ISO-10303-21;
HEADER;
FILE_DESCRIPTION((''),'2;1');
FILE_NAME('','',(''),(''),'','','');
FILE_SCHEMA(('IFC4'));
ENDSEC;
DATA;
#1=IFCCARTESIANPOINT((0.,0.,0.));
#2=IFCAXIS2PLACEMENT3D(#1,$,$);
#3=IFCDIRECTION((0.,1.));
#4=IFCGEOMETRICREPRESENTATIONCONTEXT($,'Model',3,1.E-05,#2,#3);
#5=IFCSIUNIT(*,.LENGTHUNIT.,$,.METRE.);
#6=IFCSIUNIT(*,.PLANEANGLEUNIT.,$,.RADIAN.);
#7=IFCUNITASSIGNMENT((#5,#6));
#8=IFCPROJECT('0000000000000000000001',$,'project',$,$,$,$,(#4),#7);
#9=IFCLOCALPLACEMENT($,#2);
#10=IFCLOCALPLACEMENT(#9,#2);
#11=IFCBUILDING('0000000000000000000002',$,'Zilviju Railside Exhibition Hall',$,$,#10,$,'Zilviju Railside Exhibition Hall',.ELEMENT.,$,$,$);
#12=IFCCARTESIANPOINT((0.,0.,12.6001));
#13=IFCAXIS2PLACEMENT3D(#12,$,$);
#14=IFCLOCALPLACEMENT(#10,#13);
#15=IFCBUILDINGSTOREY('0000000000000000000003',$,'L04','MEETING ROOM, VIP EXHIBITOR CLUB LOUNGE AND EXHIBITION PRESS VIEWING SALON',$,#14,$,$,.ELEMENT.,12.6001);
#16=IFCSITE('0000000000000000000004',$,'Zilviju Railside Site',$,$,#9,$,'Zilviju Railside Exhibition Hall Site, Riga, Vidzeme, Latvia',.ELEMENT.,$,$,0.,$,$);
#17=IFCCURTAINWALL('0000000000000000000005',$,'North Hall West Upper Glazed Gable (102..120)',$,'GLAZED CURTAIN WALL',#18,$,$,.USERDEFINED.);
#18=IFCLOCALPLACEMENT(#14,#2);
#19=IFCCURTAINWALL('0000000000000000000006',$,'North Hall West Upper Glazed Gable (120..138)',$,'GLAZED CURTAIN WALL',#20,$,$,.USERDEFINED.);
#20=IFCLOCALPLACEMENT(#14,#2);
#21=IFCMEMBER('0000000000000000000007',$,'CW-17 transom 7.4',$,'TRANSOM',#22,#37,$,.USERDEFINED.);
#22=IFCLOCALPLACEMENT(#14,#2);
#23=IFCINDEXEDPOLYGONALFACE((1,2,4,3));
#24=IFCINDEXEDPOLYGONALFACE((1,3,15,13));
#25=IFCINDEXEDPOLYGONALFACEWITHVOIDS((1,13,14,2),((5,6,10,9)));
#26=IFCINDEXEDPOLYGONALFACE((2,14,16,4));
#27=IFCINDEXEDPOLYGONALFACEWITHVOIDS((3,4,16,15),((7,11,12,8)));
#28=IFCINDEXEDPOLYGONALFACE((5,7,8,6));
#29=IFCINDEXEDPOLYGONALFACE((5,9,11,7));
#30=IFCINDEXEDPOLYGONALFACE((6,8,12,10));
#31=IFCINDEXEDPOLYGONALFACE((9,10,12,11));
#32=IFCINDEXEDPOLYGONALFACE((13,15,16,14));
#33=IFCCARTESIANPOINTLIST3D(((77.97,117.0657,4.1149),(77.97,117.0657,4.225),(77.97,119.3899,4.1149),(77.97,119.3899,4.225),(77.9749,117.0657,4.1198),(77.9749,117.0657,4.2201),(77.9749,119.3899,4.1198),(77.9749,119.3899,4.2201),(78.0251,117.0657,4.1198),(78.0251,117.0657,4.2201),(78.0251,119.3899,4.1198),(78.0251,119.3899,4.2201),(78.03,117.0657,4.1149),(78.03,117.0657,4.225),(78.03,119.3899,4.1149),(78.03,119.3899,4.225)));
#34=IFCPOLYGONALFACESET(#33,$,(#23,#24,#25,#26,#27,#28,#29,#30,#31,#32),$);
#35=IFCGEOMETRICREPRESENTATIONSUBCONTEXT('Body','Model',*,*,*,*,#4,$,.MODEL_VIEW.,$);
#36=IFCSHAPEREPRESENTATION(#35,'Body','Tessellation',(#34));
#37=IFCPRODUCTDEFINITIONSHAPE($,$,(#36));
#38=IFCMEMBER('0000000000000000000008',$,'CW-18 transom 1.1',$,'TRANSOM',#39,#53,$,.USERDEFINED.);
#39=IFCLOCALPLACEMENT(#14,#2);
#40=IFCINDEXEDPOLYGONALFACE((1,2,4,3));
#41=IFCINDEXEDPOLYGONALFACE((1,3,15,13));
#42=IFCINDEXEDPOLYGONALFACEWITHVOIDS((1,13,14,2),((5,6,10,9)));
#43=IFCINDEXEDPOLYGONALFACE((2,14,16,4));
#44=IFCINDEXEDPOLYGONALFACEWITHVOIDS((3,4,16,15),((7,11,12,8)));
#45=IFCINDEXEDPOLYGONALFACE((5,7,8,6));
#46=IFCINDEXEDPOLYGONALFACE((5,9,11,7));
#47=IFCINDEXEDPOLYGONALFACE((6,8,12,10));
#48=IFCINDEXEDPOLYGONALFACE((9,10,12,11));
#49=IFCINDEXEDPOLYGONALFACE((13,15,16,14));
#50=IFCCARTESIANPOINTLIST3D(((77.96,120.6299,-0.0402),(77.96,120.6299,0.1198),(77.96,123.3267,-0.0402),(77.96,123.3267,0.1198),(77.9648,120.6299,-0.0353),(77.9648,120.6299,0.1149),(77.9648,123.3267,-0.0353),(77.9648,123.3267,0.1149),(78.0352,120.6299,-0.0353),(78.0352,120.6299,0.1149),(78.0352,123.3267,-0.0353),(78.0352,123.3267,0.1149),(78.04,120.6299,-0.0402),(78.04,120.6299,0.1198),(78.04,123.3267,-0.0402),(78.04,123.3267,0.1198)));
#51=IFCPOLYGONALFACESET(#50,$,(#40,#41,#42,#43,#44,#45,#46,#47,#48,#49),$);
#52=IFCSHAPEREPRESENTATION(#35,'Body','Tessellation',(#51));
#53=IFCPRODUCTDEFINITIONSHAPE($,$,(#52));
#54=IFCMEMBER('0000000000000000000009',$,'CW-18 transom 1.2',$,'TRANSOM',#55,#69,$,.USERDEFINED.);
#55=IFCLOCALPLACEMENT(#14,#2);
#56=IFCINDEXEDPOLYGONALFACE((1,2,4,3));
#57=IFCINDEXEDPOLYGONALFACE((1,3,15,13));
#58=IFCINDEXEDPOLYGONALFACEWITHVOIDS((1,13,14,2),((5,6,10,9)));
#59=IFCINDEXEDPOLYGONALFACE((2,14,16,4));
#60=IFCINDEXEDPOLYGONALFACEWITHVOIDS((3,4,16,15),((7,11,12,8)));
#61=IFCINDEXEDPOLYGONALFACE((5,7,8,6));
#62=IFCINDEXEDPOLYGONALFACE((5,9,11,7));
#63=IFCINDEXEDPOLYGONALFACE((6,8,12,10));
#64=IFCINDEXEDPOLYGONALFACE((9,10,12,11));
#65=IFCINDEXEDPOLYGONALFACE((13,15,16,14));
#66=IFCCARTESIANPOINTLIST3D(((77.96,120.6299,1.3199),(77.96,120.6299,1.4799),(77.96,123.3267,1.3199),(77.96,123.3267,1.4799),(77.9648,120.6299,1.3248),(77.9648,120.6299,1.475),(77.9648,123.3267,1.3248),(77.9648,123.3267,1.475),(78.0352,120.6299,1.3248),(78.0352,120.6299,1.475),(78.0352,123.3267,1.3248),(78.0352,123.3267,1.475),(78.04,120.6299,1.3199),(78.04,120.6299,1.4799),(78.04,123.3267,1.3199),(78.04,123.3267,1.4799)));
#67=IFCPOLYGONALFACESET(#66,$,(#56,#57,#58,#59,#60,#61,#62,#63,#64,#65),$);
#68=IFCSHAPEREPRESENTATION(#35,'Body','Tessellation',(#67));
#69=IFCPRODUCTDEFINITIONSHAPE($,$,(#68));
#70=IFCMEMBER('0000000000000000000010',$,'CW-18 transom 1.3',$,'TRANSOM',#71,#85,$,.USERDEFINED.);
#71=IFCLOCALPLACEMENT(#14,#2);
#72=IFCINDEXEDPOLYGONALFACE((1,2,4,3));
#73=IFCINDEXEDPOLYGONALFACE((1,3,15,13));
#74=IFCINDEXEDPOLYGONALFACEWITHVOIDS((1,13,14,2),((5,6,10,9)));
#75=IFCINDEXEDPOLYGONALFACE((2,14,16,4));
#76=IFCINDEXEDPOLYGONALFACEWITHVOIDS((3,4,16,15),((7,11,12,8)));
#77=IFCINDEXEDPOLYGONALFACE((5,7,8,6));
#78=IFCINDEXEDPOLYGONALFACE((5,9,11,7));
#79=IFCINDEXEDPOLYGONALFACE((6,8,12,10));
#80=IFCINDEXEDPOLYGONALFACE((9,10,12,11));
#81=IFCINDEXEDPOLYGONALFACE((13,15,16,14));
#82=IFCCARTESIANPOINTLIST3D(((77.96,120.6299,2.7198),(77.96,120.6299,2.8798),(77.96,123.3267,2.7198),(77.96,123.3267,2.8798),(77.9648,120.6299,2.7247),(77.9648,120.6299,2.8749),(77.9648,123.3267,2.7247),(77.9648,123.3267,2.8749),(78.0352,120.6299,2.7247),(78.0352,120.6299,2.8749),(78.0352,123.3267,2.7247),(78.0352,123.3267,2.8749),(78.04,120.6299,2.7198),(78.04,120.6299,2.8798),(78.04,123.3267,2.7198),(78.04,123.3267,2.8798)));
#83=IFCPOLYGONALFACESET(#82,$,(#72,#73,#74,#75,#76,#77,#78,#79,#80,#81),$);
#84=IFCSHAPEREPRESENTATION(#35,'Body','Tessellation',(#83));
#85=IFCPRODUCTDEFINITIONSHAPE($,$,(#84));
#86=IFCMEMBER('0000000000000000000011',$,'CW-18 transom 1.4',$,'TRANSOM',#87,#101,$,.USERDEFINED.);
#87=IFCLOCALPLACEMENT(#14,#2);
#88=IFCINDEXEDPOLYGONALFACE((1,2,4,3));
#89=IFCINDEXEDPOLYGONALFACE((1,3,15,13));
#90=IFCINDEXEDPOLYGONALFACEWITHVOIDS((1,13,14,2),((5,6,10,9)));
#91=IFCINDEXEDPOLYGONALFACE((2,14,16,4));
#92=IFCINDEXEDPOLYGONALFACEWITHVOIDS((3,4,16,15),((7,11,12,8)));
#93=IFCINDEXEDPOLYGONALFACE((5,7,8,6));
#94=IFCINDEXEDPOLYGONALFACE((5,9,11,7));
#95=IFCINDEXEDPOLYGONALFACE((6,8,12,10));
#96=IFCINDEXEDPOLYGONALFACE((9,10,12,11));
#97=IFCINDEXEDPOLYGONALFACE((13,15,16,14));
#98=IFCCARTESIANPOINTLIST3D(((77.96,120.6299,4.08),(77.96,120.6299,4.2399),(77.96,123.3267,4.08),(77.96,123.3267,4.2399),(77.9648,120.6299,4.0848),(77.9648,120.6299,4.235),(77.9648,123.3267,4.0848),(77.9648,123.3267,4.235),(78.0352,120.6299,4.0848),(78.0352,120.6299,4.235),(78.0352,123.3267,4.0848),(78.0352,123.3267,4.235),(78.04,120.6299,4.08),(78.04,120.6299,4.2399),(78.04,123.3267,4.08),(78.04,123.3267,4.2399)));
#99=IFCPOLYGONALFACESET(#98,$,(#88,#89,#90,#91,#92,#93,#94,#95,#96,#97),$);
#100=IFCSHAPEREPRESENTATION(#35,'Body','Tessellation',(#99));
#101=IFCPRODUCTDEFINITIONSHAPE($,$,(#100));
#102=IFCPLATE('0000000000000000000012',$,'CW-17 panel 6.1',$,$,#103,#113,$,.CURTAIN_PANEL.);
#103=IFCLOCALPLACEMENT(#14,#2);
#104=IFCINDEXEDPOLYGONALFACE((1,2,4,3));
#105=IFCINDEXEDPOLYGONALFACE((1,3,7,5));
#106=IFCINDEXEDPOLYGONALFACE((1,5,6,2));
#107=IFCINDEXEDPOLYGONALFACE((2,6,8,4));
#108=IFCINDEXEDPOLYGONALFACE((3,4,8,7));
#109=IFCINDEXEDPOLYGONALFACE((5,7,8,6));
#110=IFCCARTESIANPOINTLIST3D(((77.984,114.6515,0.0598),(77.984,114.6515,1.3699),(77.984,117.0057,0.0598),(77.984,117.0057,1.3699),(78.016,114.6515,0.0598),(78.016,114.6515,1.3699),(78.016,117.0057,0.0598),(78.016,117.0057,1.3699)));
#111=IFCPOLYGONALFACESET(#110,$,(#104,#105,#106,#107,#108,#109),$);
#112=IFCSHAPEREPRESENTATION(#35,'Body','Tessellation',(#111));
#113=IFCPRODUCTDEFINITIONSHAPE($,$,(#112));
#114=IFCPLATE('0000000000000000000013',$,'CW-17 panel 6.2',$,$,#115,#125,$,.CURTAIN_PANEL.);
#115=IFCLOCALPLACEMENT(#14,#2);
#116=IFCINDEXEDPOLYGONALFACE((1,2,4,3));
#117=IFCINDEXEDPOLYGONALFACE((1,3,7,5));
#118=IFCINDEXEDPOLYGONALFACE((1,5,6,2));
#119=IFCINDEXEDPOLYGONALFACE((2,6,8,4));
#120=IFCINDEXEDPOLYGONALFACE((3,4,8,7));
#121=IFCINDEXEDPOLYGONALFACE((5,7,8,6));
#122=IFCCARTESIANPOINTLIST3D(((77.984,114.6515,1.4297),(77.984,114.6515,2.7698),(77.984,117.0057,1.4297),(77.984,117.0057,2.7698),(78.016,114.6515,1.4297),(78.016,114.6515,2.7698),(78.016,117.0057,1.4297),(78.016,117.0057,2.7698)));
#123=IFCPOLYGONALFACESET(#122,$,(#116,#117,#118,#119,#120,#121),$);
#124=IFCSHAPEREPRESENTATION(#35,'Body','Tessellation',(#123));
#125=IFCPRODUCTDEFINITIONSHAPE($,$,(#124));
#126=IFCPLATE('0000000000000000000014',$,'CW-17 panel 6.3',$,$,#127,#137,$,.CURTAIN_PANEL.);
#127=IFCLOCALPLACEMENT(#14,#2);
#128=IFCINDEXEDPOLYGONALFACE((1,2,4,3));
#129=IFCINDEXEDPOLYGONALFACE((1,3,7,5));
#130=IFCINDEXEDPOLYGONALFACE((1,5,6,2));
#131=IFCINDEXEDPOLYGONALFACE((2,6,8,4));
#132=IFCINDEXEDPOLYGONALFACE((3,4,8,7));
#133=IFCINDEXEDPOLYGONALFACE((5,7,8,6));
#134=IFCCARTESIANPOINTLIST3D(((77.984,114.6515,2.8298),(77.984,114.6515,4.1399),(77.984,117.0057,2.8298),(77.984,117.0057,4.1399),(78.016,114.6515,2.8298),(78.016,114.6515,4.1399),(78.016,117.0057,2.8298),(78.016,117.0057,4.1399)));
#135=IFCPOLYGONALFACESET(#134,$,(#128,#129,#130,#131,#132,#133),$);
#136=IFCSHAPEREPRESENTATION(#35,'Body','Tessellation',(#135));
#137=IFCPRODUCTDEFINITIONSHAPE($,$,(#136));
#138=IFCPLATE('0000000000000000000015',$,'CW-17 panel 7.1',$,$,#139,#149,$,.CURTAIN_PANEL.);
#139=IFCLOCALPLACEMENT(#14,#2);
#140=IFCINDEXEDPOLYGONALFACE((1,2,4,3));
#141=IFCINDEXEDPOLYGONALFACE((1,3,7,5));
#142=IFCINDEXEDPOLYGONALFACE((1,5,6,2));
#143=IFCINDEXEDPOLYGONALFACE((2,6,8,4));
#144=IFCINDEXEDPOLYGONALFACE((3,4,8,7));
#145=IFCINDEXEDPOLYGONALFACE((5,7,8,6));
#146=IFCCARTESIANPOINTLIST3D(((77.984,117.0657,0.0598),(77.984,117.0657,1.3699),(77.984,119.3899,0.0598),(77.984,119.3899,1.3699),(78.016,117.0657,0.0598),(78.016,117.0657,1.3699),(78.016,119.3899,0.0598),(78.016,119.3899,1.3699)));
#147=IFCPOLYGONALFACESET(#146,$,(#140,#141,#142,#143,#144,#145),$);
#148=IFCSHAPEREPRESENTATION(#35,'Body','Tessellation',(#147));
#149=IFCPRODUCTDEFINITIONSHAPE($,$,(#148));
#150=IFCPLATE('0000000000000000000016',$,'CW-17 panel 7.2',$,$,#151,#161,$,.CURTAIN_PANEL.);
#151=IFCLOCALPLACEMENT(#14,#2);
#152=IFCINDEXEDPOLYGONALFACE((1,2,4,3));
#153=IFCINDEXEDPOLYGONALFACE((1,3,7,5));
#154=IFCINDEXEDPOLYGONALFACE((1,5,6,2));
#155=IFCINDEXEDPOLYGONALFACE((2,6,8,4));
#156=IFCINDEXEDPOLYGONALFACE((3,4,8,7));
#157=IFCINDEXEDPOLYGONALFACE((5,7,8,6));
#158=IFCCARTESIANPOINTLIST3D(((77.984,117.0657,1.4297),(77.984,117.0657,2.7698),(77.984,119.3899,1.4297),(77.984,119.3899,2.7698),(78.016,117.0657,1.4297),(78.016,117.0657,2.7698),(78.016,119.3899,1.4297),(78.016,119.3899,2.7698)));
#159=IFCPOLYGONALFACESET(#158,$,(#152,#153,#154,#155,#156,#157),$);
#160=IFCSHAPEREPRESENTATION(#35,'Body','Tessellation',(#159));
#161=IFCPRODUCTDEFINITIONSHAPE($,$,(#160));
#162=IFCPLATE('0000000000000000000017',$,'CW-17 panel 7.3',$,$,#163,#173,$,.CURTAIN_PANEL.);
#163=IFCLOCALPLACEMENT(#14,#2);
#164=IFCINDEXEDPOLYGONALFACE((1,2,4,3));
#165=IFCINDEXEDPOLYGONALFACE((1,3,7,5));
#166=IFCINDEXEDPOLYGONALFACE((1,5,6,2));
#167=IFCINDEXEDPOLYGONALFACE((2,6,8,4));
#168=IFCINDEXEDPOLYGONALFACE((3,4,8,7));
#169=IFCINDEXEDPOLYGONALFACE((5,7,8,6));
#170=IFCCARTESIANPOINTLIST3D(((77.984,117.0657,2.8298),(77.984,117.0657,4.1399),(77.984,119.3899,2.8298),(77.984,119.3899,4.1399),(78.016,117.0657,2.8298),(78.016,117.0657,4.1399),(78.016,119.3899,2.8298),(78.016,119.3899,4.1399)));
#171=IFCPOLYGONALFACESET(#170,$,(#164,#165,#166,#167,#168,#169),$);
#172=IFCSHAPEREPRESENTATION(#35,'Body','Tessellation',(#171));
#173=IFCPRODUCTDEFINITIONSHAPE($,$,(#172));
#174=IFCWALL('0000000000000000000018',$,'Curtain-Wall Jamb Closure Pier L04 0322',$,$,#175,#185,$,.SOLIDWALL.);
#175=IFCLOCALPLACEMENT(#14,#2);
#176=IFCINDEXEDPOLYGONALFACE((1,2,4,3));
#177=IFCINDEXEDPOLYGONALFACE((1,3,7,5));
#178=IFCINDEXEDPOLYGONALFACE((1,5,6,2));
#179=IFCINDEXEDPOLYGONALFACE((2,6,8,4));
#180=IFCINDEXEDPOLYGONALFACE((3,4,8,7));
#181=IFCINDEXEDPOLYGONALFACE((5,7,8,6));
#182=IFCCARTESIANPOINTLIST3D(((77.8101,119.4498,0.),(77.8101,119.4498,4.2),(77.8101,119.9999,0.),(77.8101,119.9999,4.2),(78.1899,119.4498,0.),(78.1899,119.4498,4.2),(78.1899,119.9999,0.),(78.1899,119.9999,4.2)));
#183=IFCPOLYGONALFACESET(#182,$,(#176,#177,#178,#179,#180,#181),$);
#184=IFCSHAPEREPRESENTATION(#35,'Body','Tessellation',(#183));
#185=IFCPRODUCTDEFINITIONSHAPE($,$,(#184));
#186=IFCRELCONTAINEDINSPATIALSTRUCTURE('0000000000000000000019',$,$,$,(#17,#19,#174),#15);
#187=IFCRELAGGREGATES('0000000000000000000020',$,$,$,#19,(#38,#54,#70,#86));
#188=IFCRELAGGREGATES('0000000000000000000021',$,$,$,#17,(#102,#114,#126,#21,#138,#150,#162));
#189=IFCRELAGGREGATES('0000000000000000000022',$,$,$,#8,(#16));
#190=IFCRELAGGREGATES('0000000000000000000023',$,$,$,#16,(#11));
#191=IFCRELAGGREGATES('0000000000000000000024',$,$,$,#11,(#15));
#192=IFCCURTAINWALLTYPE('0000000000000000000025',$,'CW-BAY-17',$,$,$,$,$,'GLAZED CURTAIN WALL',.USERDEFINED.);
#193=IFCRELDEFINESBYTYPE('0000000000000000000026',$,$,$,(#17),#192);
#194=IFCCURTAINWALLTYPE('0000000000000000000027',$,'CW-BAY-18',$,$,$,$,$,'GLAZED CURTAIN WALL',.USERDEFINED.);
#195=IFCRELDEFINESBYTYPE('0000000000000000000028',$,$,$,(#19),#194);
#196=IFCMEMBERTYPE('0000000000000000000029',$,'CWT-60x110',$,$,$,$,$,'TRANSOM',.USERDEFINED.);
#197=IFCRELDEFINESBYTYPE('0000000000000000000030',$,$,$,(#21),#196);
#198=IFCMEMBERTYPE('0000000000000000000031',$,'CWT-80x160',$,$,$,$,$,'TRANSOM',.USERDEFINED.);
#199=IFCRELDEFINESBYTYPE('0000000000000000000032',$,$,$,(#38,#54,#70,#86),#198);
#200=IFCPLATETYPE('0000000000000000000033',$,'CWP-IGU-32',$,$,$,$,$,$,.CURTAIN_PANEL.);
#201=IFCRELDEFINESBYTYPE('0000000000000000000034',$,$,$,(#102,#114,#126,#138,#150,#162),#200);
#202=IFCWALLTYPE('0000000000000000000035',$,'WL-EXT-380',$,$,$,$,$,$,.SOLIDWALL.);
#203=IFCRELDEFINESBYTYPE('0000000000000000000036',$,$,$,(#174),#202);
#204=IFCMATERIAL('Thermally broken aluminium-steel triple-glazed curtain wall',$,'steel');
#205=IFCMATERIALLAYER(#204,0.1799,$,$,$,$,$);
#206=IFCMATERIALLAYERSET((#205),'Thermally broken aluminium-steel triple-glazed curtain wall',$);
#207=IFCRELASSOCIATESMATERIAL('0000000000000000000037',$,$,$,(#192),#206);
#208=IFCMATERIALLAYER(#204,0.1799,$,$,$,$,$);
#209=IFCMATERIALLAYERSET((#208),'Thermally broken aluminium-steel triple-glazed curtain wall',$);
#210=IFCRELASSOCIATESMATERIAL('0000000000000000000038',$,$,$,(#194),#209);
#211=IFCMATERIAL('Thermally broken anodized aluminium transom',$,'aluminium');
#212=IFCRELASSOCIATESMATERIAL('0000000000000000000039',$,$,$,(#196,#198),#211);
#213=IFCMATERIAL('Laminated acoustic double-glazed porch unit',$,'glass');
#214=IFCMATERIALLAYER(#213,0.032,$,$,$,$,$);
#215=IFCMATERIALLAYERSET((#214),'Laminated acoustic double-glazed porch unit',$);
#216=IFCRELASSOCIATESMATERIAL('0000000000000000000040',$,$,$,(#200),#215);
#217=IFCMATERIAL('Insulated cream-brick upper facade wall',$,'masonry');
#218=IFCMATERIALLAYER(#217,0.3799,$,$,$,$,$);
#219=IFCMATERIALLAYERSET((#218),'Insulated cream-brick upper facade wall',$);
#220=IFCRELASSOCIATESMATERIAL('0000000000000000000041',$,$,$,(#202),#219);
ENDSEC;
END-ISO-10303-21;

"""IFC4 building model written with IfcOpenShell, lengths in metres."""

from ifc_helpers import new_model, si_unit, direction, frame, frame_2d, origin, origin_2d, place, context, subcontext, project, spatial, rectangle, hollow_rectangle, extrude, material, layer, layer_set, material_profile, profile_set, type_object, element, aggregate, save


model = new_model("IFC4")

# Units and contexts
model_context = context("Model", 3, precision=1e-05, world=origin(), true_north=direction((0.0, 1.0)))
body_context = subcontext(model_context, "Body", "Model", "MODEL_VIEW")
ifc_project = project(units=[si_unit("LENGTHUNIT", "METRE"), si_unit("PLANEANGLEUNIT", "RADIAN")], contexts=[model_context])

# Site, building, storey
site_placement = place(None, origin())
site = spatial("IfcSite", under=ifc_project, at=site_placement, Name="Zilviju Railside Site", LongName="Zilviju Railside Exhibition Hall Site, Riga, Vidzeme, Latvia", CompositionType="ELEMENT", RefElevation=0.0)
building_placement = place(site_placement, origin())
building = spatial("IfcBuilding", under=site, at=building_placement, Name="Zilviju Railside Exhibition Hall", LongName="Zilviju Railside Exhibition Hall", CompositionType="ELEMENT")
storey_placement = place(building_placement, frame((0.0, 0.0, 12.6001)))
storey = spatial("IfcBuildingStorey", under=building, at=storey_placement, Name="L04", Description="MEETING ROOM, VIP EXHIBITOR CLUB LOUNGE AND EXHIBITION PRESS VIEWING SALON", CompositionType="ELEMENT", Elevation=12.6001)

# Curtain wall
ifc_material_1 = material(Name="Thermally broken aluminium-steel triple-glazed curtain wall", Category="steel")
ifc_layer_1 = layer(ifc_material_1, 0.1799)
ifc_layer_set_1 = layer_set([ifc_layer_1], Name="Thermally broken aluminium-steel triple-glazed curtain wall")
curtain_wall_type_1 = type_object("IfcCurtainWallType", Name="CW-BAY-17", ElementType="GLAZED CURTAIN WALL", PredefinedType="USERDEFINED", material=ifc_layer_set_1)
curtain_wall_1_placement = place(storey_placement, origin())
curtain_wall_1 = element("IfcCurtainWall", 1, at=curtain_wall_1_placement, inside=storey, type_object=curtain_wall_type_1, Name="North Hall West Upper Glazed Gable (102..120)", ObjectType="GLAZED CURTAIN WALL", PredefinedType="USERDEFINED")

# Curtain wall
ifc_layer_2 = layer(ifc_material_1, 0.1799)
ifc_layer_set_2 = layer_set([ifc_layer_2], Name="Thermally broken aluminium-steel triple-glazed curtain wall")
curtain_wall_type_2 = type_object("IfcCurtainWallType", Name="CW-BAY-18", ElementType="GLAZED CURTAIN WALL", PredefinedType="USERDEFINED", material=ifc_layer_set_2)
curtain_wall_2_placement = place(storey_placement, origin())
curtain_wall_2 = element("IfcCurtainWall", 2, at=curtain_wall_2_placement, inside=storey, type_object=curtain_wall_type_2, Name="North Hall West Upper Glazed Gable (120..138)", ObjectType="GLAZED CURTAIN WALL", PredefinedType="USERDEFINED")

# Members
ifc_material_2 = material(Name="Thermally broken anodized aluminium transom", Category="aluminium")
ifc_material_profile_1 = material_profile(ifc_material_2, hollow_rectangle(XDim=0.0601, YDim=0.1101, WallThickness=0.0049, at=origin_2d()), Name="TRANSOM 110x60x5")
ifc_profile_set_1 = profile_set([ifc_material_profile_1], Name="Thermally broken anodized aluminium transom")
member_type_1 = type_object("IfcMemberType", Name="CWT-60x110", ElementType="TRANSOM", PredefinedType="USERDEFINED", material=ifc_profile_set_1)
member_1_placement = place(storey_placement, frame((78.0, 117.0657, 4.1699), z_axis=(0.0, 1.0, 0.0), x_axis=(-1.0, 0.0, 0.0)))
member_1 = element("IfcMember", 3, at=member_1_placement, type_object=member_type_1, Name="CW-17 transom 7.4", ObjectType="TRANSOM", PredefinedType="USERDEFINED", context=body_context, shape_type="SweptSolid", body=[
    extrude(hollow_rectangle(XDim=0.0601, YDim=0.1101, WallThickness=0.0049, at=origin_2d()), origin(), (0.0, 0.0, 1.0), 2.3242),
])
ifc_material_profile_2 = material_profile(ifc_material_2, hollow_rectangle(XDim=0.0801, YDim=0.1599, WallThickness=0.0049, at=origin_2d()), Name="TRANSOM 160x80x5")
ifc_profile_set_2 = profile_set([ifc_material_profile_2], Name="Thermally broken anodized aluminium transom")
member_type_2 = type_object("IfcMemberType", Name="CWT-80x160", ElementType="TRANSOM", PredefinedType="USERDEFINED", material=ifc_profile_set_2)
member_2_placement = place(storey_placement, frame((78.0, 120.6299, 0.0398), z_axis=(0.0, 1.0, 0.0), x_axis=(-1.0, 0.0, 0.0)))
member_2 = element("IfcMember", 4, at=member_2_placement, type_object=member_type_2, Name="CW-18 transom 1.1", ObjectType="TRANSOM", PredefinedType="USERDEFINED", context=body_context, shape_type="SweptSolid", body=[
    extrude(hollow_rectangle(XDim=0.0801, YDim=0.1599, WallThickness=0.0049, at=origin_2d()), origin(), (0.0, 0.0, 1.0), 2.6968),
])
member_3_placement = place(storey_placement, frame((78.0, 120.6299, 1.3999), z_axis=(0.0, 1.0, 0.0), x_axis=(-1.0, 0.0, 0.0)))
member_3 = element("IfcMember", 5, at=member_3_placement, type_object=member_type_2, Name="CW-18 transom 1.2", ObjectType="TRANSOM", PredefinedType="USERDEFINED", context=body_context, shape_type="SweptSolid", body=[
    extrude(hollow_rectangle(XDim=0.0801, YDim=0.1599, WallThickness=0.0049, at=origin_2d()), origin(), (0.0, 0.0, 1.0), 2.6968),
])
member_4_placement = place(storey_placement, frame((78.0, 120.6299, 2.7998), z_axis=(0.0, 1.0, 0.0), x_axis=(-1.0, 0.0, 0.0)))
member_4 = element("IfcMember", 6, at=member_4_placement, type_object=member_type_2, Name="CW-18 transom 1.3", ObjectType="TRANSOM", PredefinedType="USERDEFINED", context=body_context, shape_type="SweptSolid", body=[
    extrude(hollow_rectangle(XDim=0.0801, YDim=0.1599, WallThickness=0.0049, at=origin_2d()), origin(), (0.0, 0.0, 1.0), 2.6968),
])
member_5_placement = place(storey_placement, frame((78.0, 120.6299, 4.1599), z_axis=(0.0, 1.0, 0.0), x_axis=(-1.0, 0.0, 0.0)))
member_5 = element("IfcMember", 7, at=member_5_placement, type_object=member_type_2, Name="CW-18 transom 1.4", ObjectType="TRANSOM", PredefinedType="USERDEFINED", context=body_context, shape_type="SweptSolid", body=[
    extrude(hollow_rectangle(XDim=0.0801, YDim=0.1599, WallThickness=0.0049, at=origin_2d()), origin(), (0.0, 0.0, 1.0), 2.6968),
])
aggregate(curtain_wall_2, [member_2, member_3, member_4, member_5])

# Plates
ifc_material_3 = material(Name="Laminated acoustic double-glazed porch unit", Category="glass")
ifc_layer_3 = layer(ifc_material_3, 0.032)
ifc_layer_set_3 = layer_set([ifc_layer_3], Name="Laminated acoustic double-glazed porch unit")
plate_type = type_object("IfcPlateType", Name="CWP-IGU-32", PredefinedType="CURTAIN_PANEL", material=ifc_layer_set_3)
plate_1_placement = place(storey_placement, frame((78.0, 115.8286, 0.0598), z_axis=(0.0, 0.0, 1.0), x_axis=(0.0, 1.0, 0.0)))
plate_1 = element("IfcPlate", 8, at=plate_1_placement, type_object=plate_type, Name="CW-17 panel 6.1", PredefinedType="CURTAIN_PANEL", context=body_context, shape_type="SweptSolid", body=[
    extrude(rectangle(XDim=2.3542, YDim=0.032, at=origin_2d()), origin(), (0.0, 0.0, 1.0), 1.3101),
])
plate_2_placement = place(storey_placement, frame((78.0, 115.8286, 1.4297), z_axis=(0.0, 0.0, 1.0), x_axis=(0.0, 1.0, 0.0)))
plate_2 = element("IfcPlate", 9, at=plate_2_placement, type_object=plate_type, Name="CW-17 panel 6.2", PredefinedType="CURTAIN_PANEL", context=body_context, shape_type="SweptSolid", body=[
    extrude(rectangle(XDim=2.3542, YDim=0.032, at=origin_2d()), origin(), (0.0, 0.0, 1.0), 1.3401),
])
plate_3_placement = place(storey_placement, frame((78.0, 115.8286, 2.8298), z_axis=(0.0, 0.0, 1.0), x_axis=(0.0, 1.0, 0.0)))
plate_3 = element("IfcPlate", 10, at=plate_3_placement, type_object=plate_type, Name="CW-17 panel 6.3", PredefinedType="CURTAIN_PANEL", context=body_context, shape_type="SweptSolid", body=[
    extrude(rectangle(XDim=2.3542, YDim=0.032, at=origin_2d()), origin(), (0.0, 0.0, 1.0), 1.3101),
])
plate_4_placement = place(storey_placement, frame((78.0, 118.2278, 0.0598), z_axis=(0.0, 0.0, 1.0), x_axis=(0.0, 1.0, 0.0)))
plate_4 = element("IfcPlate", 11, at=plate_4_placement, type_object=plate_type, Name="CW-17 panel 7.1", PredefinedType="CURTAIN_PANEL", context=body_context, shape_type="SweptSolid", body=[
    extrude(rectangle(XDim=2.3242, YDim=0.032, at=origin_2d()), origin(), (0.0, 0.0, 1.0), 1.3101),
])
plate_5_placement = place(storey_placement, frame((78.0, 118.2278, 1.4297), z_axis=(0.0, 0.0, 1.0), x_axis=(0.0, 1.0, 0.0)))
plate_5 = element("IfcPlate", 12, at=plate_5_placement, type_object=plate_type, Name="CW-17 panel 7.2", PredefinedType="CURTAIN_PANEL", context=body_context, shape_type="SweptSolid", body=[
    extrude(rectangle(XDim=2.3242, YDim=0.032, at=origin_2d()), origin(), (0.0, 0.0, 1.0), 1.3401),
])
plate_6_placement = place(storey_placement, frame((78.0, 118.2278, 2.8298), z_axis=(0.0, 0.0, 1.0), x_axis=(0.0, 1.0, 0.0)))
plate_6 = element("IfcPlate", 13, at=plate_6_placement, type_object=plate_type, Name="CW-17 panel 7.3", PredefinedType="CURTAIN_PANEL", context=body_context, shape_type="SweptSolid", body=[
    extrude(rectangle(XDim=2.3242, YDim=0.032, at=origin_2d()), origin(), (0.0, 0.0, 1.0), 1.3101),
])
aggregate(curtain_wall_1, [plate_1, plate_2, plate_3, member_1, plate_4, plate_5, plate_6])

# Wall
ifc_material_4 = material(Name="Insulated cream-brick upper facade wall", Category="masonry")
ifc_layer_4 = layer(ifc_material_4, 0.3799)
ifc_layer_set_4 = layer_set([ifc_layer_4], Name="Insulated cream-brick upper facade wall")
wall_type = type_object("IfcWallType", Name="WL-EXT-380", PredefinedType="SOLIDWALL", material=ifc_layer_set_4)
wall_1_placement = place(storey_placement, frame((78.0, 119.45, 0.0), z_axis=(0.0, 0.0, 1.0), x_axis=(0.0, 1.0, 0.0)))
element("IfcWall", 14, at=wall_1_placement, inside=storey, type_object=wall_type, Name="Curtain-Wall Jamb Closure Pier L04 0322", PredefinedType="SOLIDWALL", context=body_context, shape_type="SweptSolid", body=[
    extrude(rectangle(XDim=0.55, YDim=0.3799, at=frame_2d((0.2749, 0.0))), origin(), (0.0, 0.0, 1.0), 4.2),
])

save(model, "model.ifc")
